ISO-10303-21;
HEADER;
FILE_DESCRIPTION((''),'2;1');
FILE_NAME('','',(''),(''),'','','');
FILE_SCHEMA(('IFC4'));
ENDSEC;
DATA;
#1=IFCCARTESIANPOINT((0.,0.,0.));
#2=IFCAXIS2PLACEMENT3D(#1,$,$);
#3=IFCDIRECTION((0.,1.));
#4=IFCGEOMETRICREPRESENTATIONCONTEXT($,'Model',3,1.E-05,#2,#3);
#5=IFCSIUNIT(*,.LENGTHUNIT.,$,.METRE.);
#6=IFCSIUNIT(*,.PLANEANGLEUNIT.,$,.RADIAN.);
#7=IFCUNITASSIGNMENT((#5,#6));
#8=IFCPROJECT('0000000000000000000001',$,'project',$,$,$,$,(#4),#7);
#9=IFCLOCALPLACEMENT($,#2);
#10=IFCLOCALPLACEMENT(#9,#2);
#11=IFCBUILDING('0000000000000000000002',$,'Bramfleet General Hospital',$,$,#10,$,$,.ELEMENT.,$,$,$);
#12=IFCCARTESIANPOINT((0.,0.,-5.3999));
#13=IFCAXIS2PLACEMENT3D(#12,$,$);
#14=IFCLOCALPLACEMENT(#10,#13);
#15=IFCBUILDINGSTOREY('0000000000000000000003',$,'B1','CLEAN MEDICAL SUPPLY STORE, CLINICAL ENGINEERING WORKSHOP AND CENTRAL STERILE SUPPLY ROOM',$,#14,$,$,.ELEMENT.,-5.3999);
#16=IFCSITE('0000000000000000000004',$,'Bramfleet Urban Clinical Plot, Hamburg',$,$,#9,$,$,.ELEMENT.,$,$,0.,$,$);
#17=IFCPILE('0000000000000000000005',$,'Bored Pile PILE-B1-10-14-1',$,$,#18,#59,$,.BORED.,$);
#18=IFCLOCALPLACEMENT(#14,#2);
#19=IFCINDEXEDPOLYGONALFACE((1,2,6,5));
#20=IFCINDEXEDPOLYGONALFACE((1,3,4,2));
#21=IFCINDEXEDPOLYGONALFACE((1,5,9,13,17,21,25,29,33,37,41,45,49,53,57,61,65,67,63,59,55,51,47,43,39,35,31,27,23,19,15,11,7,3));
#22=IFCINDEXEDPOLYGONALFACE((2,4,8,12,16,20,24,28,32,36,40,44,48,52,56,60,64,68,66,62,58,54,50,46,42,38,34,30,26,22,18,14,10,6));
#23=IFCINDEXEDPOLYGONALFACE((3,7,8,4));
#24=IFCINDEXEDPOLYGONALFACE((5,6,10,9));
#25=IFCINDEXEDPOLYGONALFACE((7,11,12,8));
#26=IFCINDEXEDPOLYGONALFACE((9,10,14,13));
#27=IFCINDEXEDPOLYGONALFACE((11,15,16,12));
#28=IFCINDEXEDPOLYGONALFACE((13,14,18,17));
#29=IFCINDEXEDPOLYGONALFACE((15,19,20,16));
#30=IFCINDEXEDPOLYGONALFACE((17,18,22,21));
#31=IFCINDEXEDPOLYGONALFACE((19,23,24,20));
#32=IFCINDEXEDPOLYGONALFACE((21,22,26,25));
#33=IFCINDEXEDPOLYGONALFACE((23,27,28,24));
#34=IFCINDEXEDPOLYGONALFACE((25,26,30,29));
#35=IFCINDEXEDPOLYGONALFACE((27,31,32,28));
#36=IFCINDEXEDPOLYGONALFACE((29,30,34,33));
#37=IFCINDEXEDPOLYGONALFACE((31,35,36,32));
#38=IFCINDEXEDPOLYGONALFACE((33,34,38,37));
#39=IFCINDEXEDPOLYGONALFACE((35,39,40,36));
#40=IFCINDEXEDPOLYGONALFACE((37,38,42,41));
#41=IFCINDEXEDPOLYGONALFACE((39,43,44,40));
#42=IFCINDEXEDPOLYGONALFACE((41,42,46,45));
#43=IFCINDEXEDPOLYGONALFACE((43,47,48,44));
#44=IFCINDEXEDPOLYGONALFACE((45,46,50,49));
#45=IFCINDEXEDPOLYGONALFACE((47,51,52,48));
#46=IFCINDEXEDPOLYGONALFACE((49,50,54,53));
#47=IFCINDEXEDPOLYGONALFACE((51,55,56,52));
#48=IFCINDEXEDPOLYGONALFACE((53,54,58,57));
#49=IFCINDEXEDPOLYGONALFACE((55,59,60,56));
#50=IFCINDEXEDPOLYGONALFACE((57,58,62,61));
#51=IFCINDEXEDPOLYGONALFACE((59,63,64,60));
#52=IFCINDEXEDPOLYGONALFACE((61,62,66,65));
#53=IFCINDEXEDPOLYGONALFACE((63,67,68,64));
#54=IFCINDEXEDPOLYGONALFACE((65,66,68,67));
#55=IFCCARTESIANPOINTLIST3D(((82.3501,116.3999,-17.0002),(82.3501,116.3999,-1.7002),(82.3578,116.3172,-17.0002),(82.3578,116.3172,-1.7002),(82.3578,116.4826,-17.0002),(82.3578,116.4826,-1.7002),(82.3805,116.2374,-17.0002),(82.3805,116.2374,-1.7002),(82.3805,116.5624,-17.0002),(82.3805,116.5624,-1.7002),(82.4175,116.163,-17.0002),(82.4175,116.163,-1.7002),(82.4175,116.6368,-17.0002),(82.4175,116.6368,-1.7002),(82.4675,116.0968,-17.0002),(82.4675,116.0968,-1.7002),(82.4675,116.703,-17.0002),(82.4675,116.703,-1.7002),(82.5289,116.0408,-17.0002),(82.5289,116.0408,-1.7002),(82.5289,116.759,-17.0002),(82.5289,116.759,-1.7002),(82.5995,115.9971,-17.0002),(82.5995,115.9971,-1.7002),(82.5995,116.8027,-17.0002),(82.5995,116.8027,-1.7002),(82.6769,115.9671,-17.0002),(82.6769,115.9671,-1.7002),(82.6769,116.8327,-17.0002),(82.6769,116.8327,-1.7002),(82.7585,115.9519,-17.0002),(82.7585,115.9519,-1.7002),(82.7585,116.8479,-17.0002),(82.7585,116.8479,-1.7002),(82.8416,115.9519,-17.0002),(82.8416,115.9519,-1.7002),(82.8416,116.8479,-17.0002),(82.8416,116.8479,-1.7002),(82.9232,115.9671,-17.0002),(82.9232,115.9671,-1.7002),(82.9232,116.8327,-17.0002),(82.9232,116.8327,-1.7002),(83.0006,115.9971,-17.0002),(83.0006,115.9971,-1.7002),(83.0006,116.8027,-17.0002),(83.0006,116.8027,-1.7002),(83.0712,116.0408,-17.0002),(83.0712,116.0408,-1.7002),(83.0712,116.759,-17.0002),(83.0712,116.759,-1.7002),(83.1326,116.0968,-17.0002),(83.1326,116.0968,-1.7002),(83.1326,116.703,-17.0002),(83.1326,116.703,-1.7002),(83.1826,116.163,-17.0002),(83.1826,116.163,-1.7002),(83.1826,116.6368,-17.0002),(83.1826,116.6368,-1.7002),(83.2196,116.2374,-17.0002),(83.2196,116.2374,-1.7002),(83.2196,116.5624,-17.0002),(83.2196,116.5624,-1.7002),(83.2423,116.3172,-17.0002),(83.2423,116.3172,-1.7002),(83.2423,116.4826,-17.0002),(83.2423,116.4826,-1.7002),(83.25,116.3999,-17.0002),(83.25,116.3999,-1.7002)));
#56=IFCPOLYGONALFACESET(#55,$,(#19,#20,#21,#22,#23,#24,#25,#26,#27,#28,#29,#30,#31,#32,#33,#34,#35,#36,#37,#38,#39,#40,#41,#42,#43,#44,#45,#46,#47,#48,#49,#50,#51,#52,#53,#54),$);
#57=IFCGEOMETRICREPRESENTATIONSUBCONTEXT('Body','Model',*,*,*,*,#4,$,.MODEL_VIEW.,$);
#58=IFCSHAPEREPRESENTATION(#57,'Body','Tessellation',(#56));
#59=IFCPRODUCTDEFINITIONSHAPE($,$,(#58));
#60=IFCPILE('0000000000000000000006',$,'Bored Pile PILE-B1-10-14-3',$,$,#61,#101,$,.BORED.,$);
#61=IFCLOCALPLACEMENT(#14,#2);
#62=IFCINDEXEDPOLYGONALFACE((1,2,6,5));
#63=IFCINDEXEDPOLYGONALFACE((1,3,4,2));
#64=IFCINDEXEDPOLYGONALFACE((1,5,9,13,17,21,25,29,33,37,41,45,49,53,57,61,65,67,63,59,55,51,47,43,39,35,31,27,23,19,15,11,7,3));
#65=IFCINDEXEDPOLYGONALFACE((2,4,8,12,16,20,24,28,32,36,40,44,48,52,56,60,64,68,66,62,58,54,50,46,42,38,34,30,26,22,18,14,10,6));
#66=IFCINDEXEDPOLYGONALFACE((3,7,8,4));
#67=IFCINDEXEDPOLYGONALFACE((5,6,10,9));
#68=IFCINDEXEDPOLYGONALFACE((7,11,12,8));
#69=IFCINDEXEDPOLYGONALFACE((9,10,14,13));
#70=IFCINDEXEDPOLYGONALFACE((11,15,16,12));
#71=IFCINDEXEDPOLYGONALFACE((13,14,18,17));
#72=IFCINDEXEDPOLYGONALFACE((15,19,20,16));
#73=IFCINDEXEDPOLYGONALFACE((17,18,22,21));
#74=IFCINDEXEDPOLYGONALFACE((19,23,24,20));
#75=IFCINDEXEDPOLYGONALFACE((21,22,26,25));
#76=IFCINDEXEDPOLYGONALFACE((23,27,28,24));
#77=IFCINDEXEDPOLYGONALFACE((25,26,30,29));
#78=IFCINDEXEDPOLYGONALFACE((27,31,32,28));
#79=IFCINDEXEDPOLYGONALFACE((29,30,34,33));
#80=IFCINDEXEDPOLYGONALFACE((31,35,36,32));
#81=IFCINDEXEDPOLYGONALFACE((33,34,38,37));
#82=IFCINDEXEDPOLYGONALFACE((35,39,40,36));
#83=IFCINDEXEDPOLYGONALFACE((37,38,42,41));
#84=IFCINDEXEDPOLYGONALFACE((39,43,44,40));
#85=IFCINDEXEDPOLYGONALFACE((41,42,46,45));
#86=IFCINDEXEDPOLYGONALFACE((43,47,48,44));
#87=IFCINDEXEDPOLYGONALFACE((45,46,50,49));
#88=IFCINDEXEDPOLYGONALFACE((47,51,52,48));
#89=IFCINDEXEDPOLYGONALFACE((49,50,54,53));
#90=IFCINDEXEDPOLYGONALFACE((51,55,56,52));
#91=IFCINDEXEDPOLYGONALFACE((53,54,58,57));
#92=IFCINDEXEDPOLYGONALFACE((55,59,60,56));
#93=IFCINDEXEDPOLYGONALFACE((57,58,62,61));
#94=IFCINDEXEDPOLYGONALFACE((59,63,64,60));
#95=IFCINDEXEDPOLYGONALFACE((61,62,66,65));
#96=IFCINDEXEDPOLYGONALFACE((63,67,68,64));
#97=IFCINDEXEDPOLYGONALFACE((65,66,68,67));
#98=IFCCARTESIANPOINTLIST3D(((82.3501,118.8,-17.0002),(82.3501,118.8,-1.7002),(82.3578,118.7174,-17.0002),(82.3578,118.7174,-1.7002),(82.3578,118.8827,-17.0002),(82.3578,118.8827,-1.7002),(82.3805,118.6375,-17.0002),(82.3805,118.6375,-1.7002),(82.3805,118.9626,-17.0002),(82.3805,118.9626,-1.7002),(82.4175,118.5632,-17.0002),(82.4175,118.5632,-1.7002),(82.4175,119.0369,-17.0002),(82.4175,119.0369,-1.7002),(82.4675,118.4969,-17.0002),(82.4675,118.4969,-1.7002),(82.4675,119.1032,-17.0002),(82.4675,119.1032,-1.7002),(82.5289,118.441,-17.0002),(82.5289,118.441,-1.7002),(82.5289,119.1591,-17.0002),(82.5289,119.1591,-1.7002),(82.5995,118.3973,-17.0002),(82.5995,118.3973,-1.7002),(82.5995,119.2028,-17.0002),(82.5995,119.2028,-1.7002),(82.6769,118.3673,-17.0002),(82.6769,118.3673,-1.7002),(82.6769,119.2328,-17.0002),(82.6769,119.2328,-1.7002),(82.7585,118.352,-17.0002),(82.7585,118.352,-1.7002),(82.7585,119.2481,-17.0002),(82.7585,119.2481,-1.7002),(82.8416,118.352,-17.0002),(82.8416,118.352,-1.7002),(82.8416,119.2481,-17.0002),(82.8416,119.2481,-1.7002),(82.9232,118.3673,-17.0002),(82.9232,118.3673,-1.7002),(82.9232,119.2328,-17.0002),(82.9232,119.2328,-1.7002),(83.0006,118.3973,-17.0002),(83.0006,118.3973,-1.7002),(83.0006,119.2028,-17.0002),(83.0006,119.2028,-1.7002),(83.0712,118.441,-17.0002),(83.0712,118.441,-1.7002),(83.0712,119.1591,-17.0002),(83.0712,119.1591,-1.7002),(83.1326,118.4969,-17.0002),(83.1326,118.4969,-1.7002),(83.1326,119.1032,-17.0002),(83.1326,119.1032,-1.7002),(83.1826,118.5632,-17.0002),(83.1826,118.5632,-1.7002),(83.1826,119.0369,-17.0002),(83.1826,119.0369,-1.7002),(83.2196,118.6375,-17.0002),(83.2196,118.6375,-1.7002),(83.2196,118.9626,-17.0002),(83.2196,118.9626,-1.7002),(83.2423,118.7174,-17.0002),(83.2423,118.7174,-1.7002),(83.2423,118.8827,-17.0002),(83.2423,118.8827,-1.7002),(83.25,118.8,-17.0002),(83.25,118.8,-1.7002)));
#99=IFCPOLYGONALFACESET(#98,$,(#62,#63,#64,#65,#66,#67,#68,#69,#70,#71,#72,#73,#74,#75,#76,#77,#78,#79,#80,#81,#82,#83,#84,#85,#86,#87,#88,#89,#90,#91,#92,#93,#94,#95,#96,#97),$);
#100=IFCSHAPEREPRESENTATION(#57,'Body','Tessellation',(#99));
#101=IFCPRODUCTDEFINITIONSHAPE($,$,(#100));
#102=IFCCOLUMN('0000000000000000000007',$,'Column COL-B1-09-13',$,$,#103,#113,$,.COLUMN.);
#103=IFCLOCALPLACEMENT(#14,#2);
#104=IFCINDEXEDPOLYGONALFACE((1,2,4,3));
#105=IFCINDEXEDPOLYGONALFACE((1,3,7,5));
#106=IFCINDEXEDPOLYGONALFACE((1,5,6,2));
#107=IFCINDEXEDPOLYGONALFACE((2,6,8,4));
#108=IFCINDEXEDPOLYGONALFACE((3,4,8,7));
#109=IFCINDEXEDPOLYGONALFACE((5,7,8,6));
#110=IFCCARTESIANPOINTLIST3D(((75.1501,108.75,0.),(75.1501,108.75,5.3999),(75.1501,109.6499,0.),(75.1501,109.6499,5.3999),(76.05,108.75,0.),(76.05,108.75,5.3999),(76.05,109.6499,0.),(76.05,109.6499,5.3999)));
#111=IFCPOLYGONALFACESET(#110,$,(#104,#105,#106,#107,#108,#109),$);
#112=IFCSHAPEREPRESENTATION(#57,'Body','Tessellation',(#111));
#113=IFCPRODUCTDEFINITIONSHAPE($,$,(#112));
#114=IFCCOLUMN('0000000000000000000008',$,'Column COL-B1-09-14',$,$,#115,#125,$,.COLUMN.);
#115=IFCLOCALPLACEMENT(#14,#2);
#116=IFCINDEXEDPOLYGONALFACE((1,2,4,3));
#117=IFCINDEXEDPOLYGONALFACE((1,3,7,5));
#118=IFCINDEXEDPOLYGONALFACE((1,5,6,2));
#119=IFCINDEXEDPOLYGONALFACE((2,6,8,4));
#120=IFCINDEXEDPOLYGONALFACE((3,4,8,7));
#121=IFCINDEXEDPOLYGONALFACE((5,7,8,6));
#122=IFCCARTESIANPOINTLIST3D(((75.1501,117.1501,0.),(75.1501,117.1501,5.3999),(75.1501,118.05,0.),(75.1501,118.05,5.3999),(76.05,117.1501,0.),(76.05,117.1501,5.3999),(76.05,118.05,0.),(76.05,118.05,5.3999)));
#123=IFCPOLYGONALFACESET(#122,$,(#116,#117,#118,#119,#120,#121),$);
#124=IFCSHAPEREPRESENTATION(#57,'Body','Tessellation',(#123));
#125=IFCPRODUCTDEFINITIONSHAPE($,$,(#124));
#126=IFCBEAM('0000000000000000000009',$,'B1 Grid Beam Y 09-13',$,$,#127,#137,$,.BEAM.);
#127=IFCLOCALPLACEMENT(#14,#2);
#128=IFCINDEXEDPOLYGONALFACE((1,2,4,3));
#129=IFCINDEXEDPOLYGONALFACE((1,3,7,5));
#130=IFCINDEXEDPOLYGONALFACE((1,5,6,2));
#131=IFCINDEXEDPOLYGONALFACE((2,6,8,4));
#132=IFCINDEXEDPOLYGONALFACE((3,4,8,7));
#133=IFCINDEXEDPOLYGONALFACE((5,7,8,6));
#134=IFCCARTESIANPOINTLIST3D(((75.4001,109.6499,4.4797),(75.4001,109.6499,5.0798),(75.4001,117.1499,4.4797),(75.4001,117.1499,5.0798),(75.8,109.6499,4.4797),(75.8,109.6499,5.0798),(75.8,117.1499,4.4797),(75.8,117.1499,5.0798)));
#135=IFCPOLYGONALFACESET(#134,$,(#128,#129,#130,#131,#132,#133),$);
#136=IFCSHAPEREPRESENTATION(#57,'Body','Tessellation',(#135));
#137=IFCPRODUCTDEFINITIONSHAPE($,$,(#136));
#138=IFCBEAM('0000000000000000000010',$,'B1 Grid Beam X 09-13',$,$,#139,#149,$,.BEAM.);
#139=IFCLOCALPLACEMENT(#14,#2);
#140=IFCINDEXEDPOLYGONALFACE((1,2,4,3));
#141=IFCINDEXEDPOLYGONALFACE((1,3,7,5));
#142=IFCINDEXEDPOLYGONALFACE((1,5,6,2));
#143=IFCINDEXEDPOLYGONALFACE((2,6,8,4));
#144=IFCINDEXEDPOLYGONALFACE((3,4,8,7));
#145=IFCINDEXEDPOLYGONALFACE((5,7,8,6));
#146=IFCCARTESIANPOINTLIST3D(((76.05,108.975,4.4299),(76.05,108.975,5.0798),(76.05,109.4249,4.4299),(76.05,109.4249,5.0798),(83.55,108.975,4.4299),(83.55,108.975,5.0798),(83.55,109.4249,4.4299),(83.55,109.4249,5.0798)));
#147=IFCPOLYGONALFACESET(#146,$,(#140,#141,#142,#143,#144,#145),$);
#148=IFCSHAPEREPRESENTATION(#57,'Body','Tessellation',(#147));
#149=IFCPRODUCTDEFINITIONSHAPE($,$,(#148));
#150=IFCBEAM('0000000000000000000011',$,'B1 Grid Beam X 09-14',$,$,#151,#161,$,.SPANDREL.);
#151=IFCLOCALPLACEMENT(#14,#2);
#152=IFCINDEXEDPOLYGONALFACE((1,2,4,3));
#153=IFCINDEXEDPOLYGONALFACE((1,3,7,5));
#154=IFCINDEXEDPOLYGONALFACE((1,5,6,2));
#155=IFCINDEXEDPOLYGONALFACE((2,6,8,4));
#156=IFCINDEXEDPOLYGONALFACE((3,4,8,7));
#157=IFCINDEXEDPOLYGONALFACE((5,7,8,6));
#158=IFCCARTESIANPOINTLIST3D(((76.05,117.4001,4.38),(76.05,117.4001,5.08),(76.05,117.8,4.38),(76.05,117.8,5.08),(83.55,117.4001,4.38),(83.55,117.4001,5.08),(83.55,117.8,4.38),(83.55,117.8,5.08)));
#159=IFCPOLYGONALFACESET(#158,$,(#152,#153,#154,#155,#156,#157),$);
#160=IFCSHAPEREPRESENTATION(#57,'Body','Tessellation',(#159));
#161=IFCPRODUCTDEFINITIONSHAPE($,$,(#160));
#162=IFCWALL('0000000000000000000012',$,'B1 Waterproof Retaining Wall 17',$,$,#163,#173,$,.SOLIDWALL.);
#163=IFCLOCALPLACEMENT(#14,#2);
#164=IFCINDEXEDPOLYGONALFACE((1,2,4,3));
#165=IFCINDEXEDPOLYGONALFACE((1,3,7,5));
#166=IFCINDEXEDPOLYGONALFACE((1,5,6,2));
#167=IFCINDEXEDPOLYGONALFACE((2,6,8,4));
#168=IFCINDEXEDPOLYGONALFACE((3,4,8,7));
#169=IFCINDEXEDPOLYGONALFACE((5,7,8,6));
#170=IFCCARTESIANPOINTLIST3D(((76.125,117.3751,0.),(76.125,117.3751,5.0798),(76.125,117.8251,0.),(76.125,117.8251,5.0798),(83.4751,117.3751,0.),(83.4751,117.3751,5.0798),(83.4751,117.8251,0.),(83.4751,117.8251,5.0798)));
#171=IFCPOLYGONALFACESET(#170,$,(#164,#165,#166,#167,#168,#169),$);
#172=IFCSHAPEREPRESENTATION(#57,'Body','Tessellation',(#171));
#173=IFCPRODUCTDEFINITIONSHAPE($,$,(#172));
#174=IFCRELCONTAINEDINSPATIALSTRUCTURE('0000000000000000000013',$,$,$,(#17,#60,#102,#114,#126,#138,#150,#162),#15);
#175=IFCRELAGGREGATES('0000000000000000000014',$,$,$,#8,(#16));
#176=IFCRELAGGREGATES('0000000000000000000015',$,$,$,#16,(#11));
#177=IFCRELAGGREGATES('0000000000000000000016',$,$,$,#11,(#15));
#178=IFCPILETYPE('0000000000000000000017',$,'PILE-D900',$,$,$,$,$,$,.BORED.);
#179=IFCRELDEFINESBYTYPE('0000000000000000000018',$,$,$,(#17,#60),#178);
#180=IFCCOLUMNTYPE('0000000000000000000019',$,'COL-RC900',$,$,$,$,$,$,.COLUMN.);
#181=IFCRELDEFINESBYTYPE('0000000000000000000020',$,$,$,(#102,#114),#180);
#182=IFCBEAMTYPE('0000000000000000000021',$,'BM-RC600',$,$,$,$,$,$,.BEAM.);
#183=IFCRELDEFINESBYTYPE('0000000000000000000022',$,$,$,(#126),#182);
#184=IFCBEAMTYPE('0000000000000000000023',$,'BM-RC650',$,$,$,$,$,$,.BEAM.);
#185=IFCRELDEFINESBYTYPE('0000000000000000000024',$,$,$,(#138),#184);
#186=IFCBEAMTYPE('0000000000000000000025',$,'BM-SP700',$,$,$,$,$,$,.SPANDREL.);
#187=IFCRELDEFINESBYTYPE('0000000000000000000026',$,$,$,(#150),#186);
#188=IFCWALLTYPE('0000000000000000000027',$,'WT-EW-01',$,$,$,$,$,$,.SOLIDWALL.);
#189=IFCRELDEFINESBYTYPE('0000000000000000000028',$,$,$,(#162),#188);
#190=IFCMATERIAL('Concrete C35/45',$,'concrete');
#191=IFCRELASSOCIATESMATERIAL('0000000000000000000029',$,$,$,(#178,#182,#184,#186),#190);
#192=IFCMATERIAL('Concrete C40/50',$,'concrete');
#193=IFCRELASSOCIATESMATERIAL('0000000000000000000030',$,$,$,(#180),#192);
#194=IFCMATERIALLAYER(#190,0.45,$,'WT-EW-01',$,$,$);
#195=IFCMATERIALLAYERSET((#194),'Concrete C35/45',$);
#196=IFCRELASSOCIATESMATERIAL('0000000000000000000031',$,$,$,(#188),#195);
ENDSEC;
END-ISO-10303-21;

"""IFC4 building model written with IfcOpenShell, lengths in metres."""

from ifc_helpers import new_model, si_unit, direction, frame, frame_2d, origin, origin_2d, place, context, subcontext, project, spatial, rectangle, circle, extrude, material, layer, layer_set, material_profile, profile_set, type_object, element, save


model = new_model("IFC4")

# Units and contexts
model_context = context("Model", 3, precision=1e-05, world=origin(), true_north=direction((0.0, 1.0)))
body_context = subcontext(model_context, "Body", "Model", "MODEL_VIEW")
ifc_project = project(units=[si_unit("LENGTHUNIT", "METRE"), si_unit("PLANEANGLEUNIT", "RADIAN")], contexts=[model_context])

# Site, building, storey
site_placement = place(None, origin())
site = spatial("IfcSite", under=ifc_project, at=site_placement, Name="Bramfleet Urban Clinical Plot, Hamburg", CompositionType="ELEMENT", RefElevation=0.0)
building_placement = place(site_placement, origin())
building = spatial("IfcBuilding", under=site, at=building_placement, Name="Bramfleet General Hospital", CompositionType="ELEMENT")
storey_placement = place(building_placement, frame((0.0, 0.0, -5.3999)))
storey = spatial("IfcBuildingStorey", under=building, at=storey_placement, Name="B1", Description="CLEAN MEDICAL SUPPLY STORE, CLINICAL ENGINEERING WORKSHOP AND CENTRAL STERILE SUPPLY ROOM", CompositionType="ELEMENT", Elevation=-5.3999)

# Shared definitions
ifc_material_1 = material(Name="Concrete C35/45", Category="concrete")

# Piles
ifc_material_profile_1 = material_profile(ifc_material_1, circle(Radius=0.45, at=origin_2d()), Name="PILE BORED D900")
ifc_profile_set_1 = profile_set([ifc_material_profile_1], Name="Concrete C35/45")
pile_type_1 = type_object("IfcPileType", Name="PILE-D900", PredefinedType="BORED", material=ifc_profile_set_1)
for number, where, z_axis, x_axis, name in (
    (1, (82.8, 116.3999, -1.7002), (0.0, 0.0, -1.0), (1.0, 0.0, 0.0), "Bored Pile PILE-B1-10-14-1"),
    (2, (82.8, 118.8, -1.7002), (0.0, 0.0, -1.0), (1.0, 0.0, 0.0), "Bored Pile PILE-B1-10-14-3"),
):
    element("IfcPile", number, at=place(storey_placement, frame(where, z_axis=z_axis, x_axis=x_axis)), inside=storey, type_object=pile_type_1, Name=name, PredefinedType="BORED", context=body_context, shape_type="SweptSolid", body=[
        extrude(circle(Radius=0.45, at=origin_2d()), origin(), (0.0, 0.0, 1.0), 15.3),
    ])

# Columns
ifc_material_2 = material(Name="Concrete C40/50", Category="concrete")
ifc_material_profile_2 = material_profile(ifc_material_2, rectangle(XDim=0.8999, YDim=0.8999, at=origin_2d()), Name="RC COL 900x900")
ifc_profile_set_2 = profile_set([ifc_material_profile_2], Name="Concrete C40/50")
column_type = type_object("IfcColumnType", Name="COL-RC900", PredefinedType="COLUMN", material=ifc_profile_set_2)
for number, where, z_axis, x_axis, name in (
    (3, (75.6001, 109.2, 0.0), (0.0, 0.0, 1.0), (1.0, 0.0, 0.0), "Column COL-B1-09-13"),
    (4, (75.6001, 117.6001, 0.0), (0.0, 0.0, 1.0), (1.0, 0.0, 0.0), "Column COL-B1-09-14"),
):
    element("IfcColumn", number, at=place(storey_placement, frame(where, z_axis=z_axis, x_axis=x_axis)), inside=storey, type_object=column_type, Name=name, PredefinedType="COLUMN", context=body_context, shape_type="SweptSolid", body=[
        extrude(rectangle(XDim=0.8999, YDim=0.8999, at=origin_2d()), origin(), (0.0, 0.0, 1.0), 5.3999),
    ])

# Beams
ifc_material_profile_3 = material_profile(ifc_material_1, rectangle(XDim=0.3999, YDim=0.6001, at=origin_2d()), Name="RC BM 600x400")
ifc_profile_set_3 = profile_set([ifc_material_profile_3], Name="Concrete C35/45")
beam_type_1 = type_object("IfcBeamType", Name="BM-RC600", PredefinedType="BEAM", material=ifc_profile_set_3)
beam_1_placement = place(storey_placement, frame((75.6001, 109.6499, 4.7798), z_axis=(0.0, 1.0, 0.0), x_axis=(-1.0, 0.0, 0.0)))
element("IfcBeam", 5, at=beam_1_placement, inside=storey, type_object=beam_type_1, Name="B1 Grid Beam Y 09-13", PredefinedType="BEAM", context=body_context, shape_type="SweptSolid", body=[
    extrude(rectangle(XDim=0.3999, YDim=0.6001, at=origin_2d()), origin(), (0.0, 0.0, 1.0), 7.5),
])
ifc_material_profile_4 = material_profile(ifc_material_1, rectangle(XDim=0.45, YDim=0.6499, at=origin_2d()), Name="RC BM 650x450")
ifc_profile_set_4 = profile_set([ifc_material_profile_4], Name="Concrete C35/45")
beam_type_2 = type_object("IfcBeamType", Name="BM-RC650", PredefinedType="BEAM", material=ifc_profile_set_4)
beam_2_placement = place(storey_placement, frame((76.05, 109.2, 4.7549), z_axis=(1.0, 0.0, 0.0), x_axis=(0.0, 1.0, 0.0)))
element("IfcBeam", 6, at=beam_2_placement, inside=storey, type_object=beam_type_2, Name="B1 Grid Beam X 09-13", PredefinedType="BEAM", context=body_context, shape_type="SweptSolid", body=[
    extrude(rectangle(XDim=0.45, YDim=0.6499, at=origin_2d()), origin(), (0.0, 0.0, 1.0), 7.5),
])
ifc_material_profile_5 = material_profile(ifc_material_1, rectangle(XDim=0.3999, YDim=0.7, at=origin_2d()), Name="RC SP 700x400")
ifc_profile_set_5 = profile_set([ifc_material_profile_5], Name="Concrete C35/45")
beam_type_3 = type_object("IfcBeamType", Name="BM-SP700", PredefinedType="SPANDREL", material=ifc_profile_set_5)
beam_3_placement = place(storey_placement, frame((76.05, 117.6001, 4.73), z_axis=(1.0, 0.0, 0.0), x_axis=(0.0, 1.0, 0.0)))
element("IfcBeam", 7, at=beam_3_placement, inside=storey, type_object=beam_type_3, Name="B1 Grid Beam X 09-14", PredefinedType="SPANDREL", context=body_context, shape_type="SweptSolid", body=[
    extrude(rectangle(XDim=0.3999, YDim=0.7, at=origin_2d()), origin(), (0.0, 0.0, 1.0), 7.5),
])

# Wall
ifc_layer_1 = layer(ifc_material_1, 0.45, Name="WT-EW-01")
ifc_layer_set_1 = layer_set([ifc_layer_1], Name="Concrete C35/45")
wall_type_1 = type_object("IfcWallType", Name="WT-EW-01", PredefinedType="SOLIDWALL", material=ifc_layer_set_1)
wall_1_placement = place(storey_placement, frame((76.125, 117.6001, 0.0), z_axis=(0.0, 0.0, 1.0), x_axis=(1.0, 0.0, 0.0)))
element("IfcWall", 8, at=wall_1_placement, inside=storey, type_object=wall_type_1, Name="B1 Waterproof Retaining Wall 17", PredefinedType="SOLIDWALL", context=body_context, shape_type="SweptSolid", body=[
    extrude(rectangle(XDim=7.3501, YDim=0.45, at=frame_2d((3.675, 0.0))), origin(), (0.0, 0.0, 1.0), 5.0798),
])

save(model, "model.ifc")
